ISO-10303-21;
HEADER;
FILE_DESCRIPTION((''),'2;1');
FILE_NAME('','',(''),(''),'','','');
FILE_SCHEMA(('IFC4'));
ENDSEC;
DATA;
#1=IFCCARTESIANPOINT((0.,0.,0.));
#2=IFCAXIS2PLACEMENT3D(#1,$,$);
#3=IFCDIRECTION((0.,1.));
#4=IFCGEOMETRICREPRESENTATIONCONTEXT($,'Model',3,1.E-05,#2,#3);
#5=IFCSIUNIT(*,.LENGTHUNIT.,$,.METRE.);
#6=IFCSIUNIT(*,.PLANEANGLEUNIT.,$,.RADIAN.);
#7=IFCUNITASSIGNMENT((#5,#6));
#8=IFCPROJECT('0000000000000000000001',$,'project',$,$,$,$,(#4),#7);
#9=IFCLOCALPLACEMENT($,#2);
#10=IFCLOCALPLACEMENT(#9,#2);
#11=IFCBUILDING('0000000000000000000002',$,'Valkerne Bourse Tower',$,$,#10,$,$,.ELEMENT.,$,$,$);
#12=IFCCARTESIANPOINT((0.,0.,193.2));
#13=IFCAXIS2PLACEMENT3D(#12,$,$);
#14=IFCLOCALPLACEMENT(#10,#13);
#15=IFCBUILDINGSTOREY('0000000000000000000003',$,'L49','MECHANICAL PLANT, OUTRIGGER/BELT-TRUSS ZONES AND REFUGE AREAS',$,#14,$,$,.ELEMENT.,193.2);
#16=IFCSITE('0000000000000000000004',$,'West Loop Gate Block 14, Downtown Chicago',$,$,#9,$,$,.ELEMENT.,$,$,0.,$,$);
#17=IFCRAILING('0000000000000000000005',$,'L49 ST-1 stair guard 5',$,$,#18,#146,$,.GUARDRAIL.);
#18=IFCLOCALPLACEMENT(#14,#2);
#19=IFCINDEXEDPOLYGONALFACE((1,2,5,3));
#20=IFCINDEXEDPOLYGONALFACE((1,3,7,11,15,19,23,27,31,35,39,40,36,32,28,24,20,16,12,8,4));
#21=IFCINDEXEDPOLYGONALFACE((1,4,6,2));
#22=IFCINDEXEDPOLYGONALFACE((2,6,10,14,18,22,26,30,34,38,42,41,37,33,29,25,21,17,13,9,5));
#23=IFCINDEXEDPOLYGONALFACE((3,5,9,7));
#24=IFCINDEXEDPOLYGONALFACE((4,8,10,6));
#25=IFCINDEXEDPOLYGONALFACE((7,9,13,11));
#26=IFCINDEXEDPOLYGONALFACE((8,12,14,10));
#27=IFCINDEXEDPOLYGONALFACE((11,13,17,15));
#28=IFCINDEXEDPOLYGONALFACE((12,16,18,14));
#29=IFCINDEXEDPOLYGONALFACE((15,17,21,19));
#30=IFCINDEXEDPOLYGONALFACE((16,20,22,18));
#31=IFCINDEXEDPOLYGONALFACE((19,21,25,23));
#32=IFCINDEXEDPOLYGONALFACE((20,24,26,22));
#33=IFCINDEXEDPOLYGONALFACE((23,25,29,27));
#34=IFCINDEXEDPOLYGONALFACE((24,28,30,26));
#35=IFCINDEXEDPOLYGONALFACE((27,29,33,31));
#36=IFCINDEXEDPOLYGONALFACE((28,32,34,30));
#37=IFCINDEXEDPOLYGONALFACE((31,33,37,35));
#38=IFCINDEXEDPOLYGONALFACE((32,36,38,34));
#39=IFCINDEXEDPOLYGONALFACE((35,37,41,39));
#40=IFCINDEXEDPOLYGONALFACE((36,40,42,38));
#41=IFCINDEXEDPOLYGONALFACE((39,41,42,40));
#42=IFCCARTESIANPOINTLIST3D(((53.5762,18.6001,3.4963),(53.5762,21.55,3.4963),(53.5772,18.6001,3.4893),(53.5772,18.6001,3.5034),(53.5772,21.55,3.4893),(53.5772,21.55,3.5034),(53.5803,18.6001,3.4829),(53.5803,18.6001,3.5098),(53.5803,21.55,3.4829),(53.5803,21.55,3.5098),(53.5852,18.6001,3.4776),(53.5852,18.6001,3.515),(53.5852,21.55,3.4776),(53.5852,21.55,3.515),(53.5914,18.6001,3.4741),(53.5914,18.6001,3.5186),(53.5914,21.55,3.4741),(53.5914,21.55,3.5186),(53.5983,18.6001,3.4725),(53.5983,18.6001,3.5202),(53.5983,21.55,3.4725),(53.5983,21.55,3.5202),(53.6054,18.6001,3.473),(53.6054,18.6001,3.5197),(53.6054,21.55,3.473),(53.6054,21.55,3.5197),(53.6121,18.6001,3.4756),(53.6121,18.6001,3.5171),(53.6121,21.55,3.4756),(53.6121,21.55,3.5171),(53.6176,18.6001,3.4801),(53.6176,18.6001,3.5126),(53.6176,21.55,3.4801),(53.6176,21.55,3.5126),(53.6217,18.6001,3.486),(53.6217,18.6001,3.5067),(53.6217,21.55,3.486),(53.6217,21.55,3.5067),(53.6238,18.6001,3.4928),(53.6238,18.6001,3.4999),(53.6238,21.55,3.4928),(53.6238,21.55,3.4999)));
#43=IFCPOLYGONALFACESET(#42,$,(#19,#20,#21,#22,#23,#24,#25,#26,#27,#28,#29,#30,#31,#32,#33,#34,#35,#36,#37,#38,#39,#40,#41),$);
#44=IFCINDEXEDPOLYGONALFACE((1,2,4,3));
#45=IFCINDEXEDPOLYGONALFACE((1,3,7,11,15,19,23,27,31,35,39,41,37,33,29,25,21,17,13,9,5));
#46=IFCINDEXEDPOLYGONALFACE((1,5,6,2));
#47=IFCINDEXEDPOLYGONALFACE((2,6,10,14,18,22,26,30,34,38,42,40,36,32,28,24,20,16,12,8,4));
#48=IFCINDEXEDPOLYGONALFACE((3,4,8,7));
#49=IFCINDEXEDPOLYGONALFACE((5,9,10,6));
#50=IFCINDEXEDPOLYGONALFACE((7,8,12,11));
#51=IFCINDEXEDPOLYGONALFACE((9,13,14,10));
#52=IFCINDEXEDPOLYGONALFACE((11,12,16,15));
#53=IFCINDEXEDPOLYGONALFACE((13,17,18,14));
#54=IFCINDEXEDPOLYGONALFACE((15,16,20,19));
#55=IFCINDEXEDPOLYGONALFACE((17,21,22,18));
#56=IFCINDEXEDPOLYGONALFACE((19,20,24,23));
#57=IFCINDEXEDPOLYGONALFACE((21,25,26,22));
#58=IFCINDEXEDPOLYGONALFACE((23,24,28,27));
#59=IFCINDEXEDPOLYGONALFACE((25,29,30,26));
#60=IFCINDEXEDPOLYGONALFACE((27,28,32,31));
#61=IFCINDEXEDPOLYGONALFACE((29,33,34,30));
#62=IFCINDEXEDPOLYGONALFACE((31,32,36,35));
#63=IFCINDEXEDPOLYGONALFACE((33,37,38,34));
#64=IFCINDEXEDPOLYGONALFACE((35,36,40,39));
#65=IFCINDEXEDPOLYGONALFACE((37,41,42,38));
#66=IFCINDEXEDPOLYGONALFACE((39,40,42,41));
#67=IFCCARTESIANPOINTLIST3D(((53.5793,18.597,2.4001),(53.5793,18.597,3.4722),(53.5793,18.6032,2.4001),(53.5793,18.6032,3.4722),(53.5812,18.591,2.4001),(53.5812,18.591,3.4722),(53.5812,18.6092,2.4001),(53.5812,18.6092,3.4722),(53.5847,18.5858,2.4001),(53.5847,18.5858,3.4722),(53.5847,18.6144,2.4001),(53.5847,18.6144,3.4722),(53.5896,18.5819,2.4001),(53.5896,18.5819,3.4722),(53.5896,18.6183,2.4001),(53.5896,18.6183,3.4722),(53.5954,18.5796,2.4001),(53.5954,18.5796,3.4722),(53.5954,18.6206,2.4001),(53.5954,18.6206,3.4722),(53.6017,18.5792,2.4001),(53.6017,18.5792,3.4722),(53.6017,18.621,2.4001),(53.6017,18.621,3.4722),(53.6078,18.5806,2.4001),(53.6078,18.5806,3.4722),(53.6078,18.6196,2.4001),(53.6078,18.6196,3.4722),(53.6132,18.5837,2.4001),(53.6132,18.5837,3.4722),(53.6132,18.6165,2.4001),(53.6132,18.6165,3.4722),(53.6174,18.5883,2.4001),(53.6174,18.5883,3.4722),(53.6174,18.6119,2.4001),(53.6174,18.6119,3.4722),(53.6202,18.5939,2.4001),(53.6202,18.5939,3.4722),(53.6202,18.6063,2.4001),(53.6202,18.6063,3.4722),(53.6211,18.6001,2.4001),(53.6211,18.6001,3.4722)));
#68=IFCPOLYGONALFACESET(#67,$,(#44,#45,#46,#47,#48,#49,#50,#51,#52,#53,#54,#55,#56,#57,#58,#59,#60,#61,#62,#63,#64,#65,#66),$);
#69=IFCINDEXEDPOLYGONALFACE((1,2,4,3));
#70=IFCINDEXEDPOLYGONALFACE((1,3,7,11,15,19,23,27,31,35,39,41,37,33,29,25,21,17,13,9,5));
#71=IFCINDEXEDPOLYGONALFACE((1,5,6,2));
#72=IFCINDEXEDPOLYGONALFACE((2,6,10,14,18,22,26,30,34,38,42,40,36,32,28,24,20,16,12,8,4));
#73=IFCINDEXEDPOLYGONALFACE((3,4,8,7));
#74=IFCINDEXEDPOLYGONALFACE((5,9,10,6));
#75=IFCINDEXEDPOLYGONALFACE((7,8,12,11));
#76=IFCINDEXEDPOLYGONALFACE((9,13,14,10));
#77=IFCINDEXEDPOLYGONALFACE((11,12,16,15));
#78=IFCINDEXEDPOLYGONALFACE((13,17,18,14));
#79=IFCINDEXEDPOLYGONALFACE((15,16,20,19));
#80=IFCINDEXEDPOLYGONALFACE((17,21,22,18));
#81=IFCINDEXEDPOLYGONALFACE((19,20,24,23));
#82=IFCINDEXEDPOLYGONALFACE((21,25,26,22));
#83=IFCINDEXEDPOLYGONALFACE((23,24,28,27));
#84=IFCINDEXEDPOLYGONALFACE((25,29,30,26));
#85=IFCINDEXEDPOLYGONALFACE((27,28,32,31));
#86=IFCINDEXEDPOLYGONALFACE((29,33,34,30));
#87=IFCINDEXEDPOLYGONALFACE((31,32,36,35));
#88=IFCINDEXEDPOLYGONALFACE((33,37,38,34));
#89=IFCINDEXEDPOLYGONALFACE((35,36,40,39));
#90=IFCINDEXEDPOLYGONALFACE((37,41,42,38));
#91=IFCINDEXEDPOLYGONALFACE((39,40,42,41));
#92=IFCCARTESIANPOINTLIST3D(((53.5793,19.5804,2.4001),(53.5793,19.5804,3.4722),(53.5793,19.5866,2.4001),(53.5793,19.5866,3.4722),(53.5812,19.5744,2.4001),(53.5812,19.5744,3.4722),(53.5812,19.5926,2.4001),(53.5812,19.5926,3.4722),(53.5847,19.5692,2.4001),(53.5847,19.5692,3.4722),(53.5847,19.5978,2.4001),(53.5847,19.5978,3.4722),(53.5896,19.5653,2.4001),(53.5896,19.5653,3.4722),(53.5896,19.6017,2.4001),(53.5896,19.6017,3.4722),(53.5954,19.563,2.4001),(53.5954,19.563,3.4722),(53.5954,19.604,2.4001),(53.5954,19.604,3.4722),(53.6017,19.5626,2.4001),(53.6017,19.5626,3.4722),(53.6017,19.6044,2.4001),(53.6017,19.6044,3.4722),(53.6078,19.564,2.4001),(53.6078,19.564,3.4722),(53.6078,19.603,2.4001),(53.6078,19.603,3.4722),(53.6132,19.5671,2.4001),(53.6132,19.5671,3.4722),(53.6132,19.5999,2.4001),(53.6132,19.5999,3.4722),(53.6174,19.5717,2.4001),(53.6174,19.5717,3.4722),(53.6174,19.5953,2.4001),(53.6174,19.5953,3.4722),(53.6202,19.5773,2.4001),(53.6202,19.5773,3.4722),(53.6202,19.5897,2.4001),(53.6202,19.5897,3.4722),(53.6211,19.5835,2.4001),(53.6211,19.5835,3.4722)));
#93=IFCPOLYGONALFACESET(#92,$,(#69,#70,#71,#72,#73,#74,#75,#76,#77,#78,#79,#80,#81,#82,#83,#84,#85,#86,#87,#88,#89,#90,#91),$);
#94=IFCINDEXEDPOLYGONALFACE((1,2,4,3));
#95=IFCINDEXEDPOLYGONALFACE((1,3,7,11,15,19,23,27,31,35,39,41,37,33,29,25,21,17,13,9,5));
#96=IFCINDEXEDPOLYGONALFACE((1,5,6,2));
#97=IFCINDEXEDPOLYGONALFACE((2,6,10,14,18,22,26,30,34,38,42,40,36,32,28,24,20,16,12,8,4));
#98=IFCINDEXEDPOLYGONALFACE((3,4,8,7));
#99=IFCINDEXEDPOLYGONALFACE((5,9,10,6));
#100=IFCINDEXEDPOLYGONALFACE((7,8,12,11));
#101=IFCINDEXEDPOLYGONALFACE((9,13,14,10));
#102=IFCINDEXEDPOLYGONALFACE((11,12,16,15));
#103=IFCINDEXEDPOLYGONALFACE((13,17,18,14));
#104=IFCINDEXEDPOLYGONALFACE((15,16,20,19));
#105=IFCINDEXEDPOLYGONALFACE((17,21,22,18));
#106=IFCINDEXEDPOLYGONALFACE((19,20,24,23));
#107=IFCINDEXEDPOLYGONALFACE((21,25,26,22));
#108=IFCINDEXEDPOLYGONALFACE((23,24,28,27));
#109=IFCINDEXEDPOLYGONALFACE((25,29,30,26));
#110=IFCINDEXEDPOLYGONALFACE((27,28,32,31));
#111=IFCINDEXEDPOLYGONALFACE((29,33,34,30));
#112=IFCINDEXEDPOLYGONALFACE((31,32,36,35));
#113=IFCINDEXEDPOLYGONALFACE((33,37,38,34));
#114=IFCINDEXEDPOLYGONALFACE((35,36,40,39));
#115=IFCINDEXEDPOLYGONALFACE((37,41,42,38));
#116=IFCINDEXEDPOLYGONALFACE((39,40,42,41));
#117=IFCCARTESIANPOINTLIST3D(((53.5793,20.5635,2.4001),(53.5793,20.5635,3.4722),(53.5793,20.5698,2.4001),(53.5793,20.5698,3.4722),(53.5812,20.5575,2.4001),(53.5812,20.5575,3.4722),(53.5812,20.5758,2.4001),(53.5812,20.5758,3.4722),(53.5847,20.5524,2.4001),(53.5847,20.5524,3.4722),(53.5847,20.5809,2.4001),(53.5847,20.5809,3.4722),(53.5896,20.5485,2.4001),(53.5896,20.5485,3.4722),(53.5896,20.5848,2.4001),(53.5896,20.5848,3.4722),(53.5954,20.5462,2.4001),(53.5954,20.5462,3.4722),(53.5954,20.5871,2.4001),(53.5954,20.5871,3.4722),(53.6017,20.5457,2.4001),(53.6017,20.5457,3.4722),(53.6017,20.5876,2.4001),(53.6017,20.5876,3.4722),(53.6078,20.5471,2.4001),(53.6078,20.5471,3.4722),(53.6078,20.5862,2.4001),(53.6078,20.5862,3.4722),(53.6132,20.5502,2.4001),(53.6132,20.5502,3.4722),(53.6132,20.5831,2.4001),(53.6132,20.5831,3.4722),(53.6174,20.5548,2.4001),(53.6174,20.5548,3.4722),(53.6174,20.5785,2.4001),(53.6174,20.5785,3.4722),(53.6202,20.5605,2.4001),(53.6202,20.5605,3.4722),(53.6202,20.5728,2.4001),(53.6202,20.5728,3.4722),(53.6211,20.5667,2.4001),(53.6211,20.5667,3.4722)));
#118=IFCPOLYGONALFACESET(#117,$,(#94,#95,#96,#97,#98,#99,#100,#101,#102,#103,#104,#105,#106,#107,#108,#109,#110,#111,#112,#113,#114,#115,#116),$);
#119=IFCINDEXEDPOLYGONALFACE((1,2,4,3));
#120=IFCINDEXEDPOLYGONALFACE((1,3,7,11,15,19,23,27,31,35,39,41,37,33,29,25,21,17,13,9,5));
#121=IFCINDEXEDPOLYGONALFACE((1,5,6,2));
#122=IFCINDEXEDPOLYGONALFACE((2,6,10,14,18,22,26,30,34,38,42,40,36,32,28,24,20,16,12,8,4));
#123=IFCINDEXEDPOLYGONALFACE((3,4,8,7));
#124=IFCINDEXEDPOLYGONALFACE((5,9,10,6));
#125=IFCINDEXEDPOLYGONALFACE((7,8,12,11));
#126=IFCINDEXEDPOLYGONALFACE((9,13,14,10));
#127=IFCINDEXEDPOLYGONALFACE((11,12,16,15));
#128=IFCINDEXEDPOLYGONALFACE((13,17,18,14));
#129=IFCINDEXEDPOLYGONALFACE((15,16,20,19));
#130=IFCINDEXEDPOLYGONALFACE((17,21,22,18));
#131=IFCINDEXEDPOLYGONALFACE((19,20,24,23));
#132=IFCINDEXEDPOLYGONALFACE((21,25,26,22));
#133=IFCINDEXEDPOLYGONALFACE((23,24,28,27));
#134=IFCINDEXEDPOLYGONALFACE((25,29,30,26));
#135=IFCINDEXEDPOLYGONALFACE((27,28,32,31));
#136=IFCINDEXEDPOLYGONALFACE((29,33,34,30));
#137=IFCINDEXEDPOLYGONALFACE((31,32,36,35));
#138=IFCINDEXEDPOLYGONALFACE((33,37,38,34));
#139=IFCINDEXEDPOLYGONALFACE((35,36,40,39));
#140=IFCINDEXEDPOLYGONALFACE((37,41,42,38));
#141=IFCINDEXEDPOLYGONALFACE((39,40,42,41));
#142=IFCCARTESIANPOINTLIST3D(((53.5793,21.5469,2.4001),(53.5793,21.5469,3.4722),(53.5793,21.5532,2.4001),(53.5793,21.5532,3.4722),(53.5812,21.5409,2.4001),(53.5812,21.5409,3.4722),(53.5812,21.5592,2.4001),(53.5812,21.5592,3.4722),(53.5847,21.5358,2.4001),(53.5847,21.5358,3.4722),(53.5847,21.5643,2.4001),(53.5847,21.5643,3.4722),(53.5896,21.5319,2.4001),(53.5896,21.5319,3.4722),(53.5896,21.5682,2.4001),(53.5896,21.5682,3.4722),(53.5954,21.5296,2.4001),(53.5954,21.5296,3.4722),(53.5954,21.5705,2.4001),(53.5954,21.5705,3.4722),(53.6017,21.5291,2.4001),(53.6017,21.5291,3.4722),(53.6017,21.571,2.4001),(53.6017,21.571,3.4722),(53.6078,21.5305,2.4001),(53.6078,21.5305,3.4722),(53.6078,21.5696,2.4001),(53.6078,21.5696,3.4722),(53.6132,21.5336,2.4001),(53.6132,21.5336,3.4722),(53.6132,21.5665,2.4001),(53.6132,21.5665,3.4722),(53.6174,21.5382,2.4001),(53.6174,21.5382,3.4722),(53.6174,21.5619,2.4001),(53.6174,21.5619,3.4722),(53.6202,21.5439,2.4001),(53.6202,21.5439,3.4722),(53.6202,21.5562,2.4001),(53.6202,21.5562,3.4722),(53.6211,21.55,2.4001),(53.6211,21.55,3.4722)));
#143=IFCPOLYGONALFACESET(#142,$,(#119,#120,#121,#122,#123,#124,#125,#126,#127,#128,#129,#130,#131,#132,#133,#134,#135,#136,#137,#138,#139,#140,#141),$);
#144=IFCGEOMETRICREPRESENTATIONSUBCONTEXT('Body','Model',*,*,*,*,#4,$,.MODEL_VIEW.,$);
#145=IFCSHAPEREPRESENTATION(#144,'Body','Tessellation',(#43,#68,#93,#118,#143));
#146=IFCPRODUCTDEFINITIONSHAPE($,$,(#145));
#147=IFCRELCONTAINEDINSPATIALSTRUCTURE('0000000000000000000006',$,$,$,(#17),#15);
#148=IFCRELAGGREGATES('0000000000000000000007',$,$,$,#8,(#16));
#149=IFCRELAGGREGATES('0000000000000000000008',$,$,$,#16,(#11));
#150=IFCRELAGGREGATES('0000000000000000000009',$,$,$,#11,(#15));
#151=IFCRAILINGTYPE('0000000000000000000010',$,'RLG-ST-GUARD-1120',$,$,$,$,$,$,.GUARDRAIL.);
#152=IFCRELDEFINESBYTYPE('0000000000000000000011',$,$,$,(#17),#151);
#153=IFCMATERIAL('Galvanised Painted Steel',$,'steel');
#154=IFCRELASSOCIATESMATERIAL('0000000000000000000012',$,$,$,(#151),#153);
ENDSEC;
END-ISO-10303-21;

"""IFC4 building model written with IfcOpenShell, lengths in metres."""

from ifc_helpers import new_model, si_unit, direction, frame, origin, origin_2d, place, context, subcontext, project, spatial, circle, extrude, material, type_object, element, save


model = new_model("IFC4")

# Units and contexts
model_context = context("Model", 3, precision=1e-05, world=origin(), true_north=direction((0.0, 1.0)))
body_context = subcontext(model_context, "Body", "Model", "MODEL_VIEW")
ifc_project = project(units=[si_unit("LENGTHUNIT", "METRE"), si_unit("PLANEANGLEUNIT", "RADIAN")], contexts=[model_context])

# Site, building, storey
site_placement = place(None, origin())
site = spatial("IfcSite", under=ifc_project, at=site_placement, Name="West Loop Gate Block 14, Downtown Chicago", CompositionType="ELEMENT", RefElevation=0.0)
building_placement = place(site_placement, origin())
building = spatial("IfcBuilding", under=site, at=building_placement, Name="Valkerne Bourse Tower", CompositionType="ELEMENT")
storey_placement = place(building_placement, frame((0.0, 0.0, 193.2)))
storey = spatial("IfcBuildingStorey", under=building, at=storey_placement, Name="L49", Description="MECHANICAL PLANT, OUTRIGGER/BELT-TRUSS ZONES AND REFUGE AREAS", CompositionType="ELEMENT", Elevation=193.2)

# Railing
ifc_material_1 = material(Name="Galvanised Painted Steel", Category="steel")
railing_type_1 = type_object("IfcRailingType", Name="RLG-ST-GUARD-1120", PredefinedType="GUARDRAIL", material=ifc_material_1)
railing_1_placement = place(storey_placement, frame((53.6001, 18.6001, 2.4001)))
element("IfcRailing", 1, at=railing_1_placement, inside=storey, type_object=railing_type_1, Name="L49 ST-1 stair guard 5", PredefinedType="GUARDRAIL", context=body_context, shape_type="SweptSolid", body=[
    extrude(circle(Radius=0.0239, at=origin_2d()), frame((0.0, 0.0, 1.0962), z_axis=(0.0, 1.0, 0.0), x_axis=(-1.0, 0.0, 0.0)), (0.0, 0.0, 1.0), 2.95),
    extrude(circle(Radius=0.021, at=origin_2d()), origin(), (0.0, 0.0, 1.0), 1.072),
    extrude(circle(Radius=0.021, at=origin_2d()), frame((0.0, 0.9834, 0.0)), (0.0, 0.0, 1.0), 1.072),
    extrude(circle(Radius=0.021, at=origin_2d()), frame((0.0, 1.9666, 0.0)), (0.0, 0.0, 1.0), 1.072),
    extrude(circle(Radius=0.021, at=origin_2d()), frame((0.0, 2.95, 0.0)), (0.0, 0.0, 1.0), 1.072),
])

save(model, "model.ifc")
